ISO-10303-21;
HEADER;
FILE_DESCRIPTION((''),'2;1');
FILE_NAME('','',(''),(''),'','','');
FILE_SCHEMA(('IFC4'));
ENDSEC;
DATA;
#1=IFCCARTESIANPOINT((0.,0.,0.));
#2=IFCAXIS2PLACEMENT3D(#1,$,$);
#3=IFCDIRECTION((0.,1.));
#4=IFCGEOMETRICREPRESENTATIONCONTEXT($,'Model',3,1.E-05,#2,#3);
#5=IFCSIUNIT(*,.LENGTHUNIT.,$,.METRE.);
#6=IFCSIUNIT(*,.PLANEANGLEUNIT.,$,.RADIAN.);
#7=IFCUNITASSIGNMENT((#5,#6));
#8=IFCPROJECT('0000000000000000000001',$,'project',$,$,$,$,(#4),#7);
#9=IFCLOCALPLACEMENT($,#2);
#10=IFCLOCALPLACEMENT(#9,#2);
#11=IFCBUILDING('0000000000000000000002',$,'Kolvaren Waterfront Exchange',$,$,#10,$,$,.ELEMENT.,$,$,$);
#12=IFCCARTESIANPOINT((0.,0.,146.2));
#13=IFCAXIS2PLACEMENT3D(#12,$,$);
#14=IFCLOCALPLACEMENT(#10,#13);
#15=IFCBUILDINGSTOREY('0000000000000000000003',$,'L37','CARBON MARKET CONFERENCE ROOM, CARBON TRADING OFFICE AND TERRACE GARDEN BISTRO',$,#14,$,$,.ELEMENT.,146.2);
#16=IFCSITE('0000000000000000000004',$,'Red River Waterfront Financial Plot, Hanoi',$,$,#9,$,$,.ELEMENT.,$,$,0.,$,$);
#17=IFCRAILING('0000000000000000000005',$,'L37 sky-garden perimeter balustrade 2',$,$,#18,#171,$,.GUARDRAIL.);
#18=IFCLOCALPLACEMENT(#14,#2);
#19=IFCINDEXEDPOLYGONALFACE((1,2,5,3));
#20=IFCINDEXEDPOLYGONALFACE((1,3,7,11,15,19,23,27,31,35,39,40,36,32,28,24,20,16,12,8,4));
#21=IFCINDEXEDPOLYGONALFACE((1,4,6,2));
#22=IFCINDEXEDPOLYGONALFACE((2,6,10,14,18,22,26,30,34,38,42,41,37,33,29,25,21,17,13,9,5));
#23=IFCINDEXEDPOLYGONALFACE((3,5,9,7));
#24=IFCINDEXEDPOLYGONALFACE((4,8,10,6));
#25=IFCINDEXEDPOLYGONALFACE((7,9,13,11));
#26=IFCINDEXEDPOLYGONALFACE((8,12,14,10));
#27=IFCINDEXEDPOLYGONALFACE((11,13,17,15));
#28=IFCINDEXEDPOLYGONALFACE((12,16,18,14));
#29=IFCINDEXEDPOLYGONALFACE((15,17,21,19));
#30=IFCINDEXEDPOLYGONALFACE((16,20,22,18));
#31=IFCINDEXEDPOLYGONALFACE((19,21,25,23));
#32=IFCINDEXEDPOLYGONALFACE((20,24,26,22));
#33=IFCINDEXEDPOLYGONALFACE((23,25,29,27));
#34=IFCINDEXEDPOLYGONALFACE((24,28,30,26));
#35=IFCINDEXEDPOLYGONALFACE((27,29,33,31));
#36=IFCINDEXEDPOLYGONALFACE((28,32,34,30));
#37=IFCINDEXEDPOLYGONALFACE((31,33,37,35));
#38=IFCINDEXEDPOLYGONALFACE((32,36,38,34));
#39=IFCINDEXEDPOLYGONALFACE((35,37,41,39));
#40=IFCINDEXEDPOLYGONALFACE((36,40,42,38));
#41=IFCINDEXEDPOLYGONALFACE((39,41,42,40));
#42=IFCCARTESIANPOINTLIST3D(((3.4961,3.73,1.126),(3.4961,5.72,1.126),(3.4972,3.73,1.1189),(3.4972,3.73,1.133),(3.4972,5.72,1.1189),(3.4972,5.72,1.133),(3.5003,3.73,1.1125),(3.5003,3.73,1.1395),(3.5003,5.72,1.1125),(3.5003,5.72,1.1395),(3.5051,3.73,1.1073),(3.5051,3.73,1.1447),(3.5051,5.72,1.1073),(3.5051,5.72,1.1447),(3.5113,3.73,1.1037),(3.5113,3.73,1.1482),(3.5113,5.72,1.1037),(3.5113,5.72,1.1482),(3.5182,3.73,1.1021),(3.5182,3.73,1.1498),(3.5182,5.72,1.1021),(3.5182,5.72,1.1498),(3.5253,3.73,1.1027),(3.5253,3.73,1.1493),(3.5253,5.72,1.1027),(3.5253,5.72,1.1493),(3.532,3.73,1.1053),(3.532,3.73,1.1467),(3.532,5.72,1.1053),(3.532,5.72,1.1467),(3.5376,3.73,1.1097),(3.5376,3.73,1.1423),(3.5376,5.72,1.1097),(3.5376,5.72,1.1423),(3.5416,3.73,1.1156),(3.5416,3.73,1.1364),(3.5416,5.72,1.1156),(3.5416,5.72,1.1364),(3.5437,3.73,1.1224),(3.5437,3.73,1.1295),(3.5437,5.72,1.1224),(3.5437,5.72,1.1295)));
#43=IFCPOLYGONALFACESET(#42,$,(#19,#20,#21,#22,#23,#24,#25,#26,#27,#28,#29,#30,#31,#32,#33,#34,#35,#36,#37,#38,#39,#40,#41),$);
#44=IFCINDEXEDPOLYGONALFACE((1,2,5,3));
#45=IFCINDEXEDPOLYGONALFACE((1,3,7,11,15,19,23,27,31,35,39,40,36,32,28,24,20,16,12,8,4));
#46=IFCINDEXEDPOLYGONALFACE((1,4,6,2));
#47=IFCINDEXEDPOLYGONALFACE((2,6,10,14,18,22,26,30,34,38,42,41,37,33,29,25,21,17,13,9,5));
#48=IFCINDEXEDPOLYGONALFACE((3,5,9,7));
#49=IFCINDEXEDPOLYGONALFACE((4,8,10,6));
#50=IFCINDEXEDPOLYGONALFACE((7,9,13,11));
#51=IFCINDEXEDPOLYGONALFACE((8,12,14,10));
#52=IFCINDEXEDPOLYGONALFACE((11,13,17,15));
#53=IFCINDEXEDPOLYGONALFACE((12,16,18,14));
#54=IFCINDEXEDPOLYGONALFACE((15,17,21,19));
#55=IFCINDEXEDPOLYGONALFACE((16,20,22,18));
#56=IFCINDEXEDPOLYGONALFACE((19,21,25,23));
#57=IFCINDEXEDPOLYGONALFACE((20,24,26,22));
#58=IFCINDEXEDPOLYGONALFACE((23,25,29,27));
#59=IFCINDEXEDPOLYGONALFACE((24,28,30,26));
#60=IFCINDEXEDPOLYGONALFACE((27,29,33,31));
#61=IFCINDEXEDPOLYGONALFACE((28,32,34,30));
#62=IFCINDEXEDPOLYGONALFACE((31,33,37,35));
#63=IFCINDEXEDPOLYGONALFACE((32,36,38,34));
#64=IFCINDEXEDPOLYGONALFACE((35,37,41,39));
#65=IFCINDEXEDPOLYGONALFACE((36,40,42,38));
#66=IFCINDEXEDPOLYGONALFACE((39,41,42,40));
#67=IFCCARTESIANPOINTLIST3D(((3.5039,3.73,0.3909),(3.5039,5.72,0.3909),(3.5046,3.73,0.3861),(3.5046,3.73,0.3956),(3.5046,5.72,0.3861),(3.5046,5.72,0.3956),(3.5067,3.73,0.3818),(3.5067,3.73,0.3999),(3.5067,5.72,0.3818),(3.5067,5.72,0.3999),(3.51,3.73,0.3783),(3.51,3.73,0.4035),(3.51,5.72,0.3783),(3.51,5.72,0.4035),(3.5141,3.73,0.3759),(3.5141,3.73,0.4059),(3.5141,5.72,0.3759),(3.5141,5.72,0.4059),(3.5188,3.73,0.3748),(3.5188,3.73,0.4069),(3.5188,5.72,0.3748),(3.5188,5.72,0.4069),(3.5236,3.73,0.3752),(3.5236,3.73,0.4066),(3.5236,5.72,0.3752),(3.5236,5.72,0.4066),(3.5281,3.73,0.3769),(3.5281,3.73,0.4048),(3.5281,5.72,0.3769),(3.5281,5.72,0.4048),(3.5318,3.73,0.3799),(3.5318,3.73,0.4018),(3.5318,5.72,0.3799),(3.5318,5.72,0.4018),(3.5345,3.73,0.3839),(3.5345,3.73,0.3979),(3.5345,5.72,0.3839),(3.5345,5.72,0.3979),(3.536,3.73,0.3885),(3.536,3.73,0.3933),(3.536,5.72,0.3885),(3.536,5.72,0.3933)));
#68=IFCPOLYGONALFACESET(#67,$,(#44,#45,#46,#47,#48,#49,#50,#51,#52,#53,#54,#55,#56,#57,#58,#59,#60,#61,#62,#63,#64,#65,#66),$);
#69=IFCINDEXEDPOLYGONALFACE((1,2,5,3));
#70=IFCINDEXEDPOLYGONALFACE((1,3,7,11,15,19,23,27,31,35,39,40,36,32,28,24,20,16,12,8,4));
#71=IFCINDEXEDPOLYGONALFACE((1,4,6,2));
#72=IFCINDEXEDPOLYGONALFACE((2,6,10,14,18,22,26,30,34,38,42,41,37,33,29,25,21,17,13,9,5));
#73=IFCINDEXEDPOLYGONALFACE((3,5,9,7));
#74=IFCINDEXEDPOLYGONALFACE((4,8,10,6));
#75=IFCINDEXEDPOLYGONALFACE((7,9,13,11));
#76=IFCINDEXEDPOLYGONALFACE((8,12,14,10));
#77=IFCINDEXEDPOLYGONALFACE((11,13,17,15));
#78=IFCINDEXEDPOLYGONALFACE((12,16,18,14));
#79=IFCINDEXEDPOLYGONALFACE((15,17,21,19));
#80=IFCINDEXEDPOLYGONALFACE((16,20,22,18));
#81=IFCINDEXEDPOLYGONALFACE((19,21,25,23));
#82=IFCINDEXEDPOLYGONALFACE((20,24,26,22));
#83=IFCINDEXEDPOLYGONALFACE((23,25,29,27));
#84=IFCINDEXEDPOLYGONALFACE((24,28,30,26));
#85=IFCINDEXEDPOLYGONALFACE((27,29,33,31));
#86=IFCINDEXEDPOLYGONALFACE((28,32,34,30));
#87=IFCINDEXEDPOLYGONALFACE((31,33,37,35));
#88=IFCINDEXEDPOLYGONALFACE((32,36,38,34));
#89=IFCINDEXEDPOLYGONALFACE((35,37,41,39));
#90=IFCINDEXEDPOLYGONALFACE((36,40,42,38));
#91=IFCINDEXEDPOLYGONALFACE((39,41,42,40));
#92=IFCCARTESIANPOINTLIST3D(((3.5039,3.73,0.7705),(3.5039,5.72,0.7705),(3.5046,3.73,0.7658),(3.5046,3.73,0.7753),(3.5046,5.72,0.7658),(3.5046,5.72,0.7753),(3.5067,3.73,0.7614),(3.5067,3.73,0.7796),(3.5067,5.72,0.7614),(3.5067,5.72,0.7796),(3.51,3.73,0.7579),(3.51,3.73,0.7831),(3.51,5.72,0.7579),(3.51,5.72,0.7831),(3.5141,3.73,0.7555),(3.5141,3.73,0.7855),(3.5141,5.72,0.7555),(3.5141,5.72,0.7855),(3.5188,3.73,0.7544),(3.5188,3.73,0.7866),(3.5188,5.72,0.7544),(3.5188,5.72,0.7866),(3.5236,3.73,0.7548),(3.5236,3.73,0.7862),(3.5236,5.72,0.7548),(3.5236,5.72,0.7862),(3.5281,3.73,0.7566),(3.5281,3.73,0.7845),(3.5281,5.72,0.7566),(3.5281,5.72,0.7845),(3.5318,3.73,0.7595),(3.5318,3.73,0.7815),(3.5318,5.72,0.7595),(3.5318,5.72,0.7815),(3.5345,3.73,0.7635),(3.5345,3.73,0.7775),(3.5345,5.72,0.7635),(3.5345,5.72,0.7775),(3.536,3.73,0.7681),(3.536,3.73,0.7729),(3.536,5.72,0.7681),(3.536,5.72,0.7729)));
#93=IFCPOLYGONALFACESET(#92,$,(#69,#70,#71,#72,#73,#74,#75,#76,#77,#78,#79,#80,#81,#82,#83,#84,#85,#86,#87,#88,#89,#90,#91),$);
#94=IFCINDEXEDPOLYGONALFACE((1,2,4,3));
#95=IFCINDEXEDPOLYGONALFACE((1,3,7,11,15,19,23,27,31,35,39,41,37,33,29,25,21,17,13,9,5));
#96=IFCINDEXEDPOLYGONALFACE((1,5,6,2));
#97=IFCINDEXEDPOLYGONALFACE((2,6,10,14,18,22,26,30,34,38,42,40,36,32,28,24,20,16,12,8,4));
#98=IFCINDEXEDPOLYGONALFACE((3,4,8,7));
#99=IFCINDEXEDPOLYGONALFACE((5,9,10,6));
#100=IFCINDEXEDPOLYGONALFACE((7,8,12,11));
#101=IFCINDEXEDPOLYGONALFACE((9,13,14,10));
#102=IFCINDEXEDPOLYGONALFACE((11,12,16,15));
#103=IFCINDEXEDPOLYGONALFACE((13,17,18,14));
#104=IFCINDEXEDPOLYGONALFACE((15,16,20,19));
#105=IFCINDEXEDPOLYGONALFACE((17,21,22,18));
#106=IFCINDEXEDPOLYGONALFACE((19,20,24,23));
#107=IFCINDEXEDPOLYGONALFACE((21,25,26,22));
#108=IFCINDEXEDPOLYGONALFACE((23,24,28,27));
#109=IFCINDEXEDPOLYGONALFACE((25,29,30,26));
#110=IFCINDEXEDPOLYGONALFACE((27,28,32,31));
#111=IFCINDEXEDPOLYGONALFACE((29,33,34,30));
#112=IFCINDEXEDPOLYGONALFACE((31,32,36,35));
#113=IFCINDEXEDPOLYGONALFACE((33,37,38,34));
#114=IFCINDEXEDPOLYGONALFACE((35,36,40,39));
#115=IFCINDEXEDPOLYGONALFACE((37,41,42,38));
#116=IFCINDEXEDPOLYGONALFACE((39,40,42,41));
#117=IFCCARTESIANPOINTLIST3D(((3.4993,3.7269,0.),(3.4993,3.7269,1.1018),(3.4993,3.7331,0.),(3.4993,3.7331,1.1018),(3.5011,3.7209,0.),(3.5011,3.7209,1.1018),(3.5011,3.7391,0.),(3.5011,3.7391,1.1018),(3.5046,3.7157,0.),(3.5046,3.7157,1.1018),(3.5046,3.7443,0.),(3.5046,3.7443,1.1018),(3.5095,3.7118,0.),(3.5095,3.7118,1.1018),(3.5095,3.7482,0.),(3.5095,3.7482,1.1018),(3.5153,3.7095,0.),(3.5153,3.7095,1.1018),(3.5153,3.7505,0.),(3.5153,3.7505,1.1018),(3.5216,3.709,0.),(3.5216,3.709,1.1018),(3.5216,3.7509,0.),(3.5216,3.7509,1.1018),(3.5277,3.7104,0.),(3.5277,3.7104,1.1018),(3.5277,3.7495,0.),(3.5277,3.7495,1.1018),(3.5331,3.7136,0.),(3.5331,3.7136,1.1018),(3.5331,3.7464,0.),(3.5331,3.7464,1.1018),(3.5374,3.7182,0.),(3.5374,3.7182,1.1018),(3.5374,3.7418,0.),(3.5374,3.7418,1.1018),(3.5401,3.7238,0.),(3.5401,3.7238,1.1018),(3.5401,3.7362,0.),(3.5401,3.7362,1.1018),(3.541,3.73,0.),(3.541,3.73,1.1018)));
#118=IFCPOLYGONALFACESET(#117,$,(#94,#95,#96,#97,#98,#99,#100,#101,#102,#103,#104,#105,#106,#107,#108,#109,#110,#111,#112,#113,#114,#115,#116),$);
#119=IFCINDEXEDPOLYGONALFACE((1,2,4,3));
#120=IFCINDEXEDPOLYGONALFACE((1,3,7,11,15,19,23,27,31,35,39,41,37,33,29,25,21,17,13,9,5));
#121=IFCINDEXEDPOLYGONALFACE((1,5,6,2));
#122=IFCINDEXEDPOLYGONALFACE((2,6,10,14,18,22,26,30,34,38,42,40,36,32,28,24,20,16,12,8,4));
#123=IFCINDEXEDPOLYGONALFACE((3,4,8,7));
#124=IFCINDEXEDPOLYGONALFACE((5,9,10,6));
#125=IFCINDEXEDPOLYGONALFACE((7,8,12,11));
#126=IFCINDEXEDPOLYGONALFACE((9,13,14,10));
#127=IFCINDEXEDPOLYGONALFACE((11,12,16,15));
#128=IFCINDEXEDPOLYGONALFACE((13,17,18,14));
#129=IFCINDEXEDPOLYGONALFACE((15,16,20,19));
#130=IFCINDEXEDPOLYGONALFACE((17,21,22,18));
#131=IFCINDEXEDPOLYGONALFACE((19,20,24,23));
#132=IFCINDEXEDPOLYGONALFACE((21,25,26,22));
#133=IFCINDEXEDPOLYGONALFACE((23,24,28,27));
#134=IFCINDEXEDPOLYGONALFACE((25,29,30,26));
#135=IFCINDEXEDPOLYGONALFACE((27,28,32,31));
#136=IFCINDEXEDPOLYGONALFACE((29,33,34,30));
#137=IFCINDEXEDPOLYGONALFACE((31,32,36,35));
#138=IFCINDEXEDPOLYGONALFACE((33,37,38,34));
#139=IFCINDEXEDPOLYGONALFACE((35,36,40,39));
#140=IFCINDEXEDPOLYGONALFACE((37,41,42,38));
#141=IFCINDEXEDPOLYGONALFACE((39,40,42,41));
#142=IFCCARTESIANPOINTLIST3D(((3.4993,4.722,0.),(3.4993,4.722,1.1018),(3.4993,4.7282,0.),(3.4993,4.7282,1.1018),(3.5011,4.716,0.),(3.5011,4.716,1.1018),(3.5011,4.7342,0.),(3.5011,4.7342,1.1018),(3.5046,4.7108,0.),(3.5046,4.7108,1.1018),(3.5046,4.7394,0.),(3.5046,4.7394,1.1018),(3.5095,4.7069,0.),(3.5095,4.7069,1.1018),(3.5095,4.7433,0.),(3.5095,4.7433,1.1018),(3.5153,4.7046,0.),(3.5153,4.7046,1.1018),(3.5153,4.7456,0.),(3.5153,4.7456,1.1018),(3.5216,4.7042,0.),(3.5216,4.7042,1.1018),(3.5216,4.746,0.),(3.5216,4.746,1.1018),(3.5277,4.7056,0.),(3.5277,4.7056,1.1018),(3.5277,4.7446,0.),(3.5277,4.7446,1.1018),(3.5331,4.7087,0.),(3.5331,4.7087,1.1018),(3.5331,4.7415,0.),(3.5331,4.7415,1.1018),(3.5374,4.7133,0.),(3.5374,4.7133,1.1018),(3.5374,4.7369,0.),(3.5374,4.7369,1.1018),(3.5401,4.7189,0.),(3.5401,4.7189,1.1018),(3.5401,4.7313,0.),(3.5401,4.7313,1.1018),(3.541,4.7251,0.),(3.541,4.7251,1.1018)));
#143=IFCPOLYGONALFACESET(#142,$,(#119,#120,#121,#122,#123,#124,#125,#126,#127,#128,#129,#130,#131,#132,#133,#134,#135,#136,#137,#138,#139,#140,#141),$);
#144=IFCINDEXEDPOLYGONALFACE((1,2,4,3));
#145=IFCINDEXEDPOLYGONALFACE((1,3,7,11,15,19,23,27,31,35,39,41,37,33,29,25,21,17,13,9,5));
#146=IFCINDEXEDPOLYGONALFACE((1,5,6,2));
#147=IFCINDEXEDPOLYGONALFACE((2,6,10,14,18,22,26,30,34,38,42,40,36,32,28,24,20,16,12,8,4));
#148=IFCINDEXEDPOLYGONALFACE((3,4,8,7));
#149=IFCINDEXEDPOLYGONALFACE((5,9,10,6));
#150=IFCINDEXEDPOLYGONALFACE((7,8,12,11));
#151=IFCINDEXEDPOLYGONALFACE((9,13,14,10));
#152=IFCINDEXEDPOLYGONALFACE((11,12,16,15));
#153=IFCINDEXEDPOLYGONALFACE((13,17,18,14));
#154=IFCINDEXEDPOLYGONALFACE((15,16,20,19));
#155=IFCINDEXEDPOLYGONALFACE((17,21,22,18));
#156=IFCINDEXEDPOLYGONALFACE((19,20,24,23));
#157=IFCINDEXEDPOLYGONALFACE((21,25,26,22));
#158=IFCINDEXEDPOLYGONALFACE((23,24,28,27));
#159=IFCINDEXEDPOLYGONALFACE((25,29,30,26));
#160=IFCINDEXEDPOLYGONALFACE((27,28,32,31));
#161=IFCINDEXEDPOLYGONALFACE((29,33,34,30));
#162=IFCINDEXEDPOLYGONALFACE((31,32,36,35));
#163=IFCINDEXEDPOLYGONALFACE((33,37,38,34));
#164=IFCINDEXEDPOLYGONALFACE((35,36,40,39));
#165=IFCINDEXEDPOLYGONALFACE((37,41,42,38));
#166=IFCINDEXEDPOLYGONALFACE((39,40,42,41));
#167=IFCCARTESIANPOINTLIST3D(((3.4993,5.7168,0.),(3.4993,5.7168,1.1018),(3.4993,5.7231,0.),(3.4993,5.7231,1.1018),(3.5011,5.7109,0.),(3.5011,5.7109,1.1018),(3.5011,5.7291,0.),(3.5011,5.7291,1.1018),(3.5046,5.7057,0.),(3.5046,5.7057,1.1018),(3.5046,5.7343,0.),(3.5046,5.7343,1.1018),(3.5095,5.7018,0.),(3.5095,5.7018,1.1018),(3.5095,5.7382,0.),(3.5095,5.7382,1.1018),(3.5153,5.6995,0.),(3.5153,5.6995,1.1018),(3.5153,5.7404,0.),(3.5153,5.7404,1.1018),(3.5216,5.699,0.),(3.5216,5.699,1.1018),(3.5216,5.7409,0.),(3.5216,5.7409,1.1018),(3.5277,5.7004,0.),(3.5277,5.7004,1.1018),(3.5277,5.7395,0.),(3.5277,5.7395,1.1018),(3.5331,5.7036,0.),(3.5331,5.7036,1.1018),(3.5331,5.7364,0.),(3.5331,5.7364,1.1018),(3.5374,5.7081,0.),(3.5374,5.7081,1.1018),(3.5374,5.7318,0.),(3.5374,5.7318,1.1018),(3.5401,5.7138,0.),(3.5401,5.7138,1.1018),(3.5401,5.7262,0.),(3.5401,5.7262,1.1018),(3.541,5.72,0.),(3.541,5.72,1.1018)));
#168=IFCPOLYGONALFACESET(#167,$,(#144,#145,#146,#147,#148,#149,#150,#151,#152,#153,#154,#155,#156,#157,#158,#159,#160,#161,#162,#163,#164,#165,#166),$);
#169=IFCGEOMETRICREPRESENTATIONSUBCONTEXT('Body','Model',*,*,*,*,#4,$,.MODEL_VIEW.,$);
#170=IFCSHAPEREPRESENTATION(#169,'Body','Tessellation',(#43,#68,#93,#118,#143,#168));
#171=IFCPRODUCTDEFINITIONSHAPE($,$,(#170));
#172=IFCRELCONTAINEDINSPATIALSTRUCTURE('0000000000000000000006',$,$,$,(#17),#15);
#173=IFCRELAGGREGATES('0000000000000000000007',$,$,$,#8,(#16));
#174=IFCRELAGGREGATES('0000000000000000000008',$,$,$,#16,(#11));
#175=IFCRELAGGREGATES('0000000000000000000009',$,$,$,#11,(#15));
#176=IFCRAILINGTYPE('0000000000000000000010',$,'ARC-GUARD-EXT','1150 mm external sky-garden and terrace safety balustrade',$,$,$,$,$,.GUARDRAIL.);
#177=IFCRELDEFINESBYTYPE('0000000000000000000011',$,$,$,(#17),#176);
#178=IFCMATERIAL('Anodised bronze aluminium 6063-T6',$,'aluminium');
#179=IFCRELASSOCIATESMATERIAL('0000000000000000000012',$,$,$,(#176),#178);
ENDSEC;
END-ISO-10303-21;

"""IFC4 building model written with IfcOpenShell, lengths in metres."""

from ifc_helpers import new_model, si_unit, direction, frame, origin, origin_2d, place, context, subcontext, project, spatial, circle, extrude, material, type_object, element, save


model = new_model("IFC4")

# Units and contexts
model_context = context("Model", 3, precision=1e-05, world=origin(), true_north=direction((0.0, 1.0)))
body_context = subcontext(model_context, "Body", "Model", "MODEL_VIEW")
ifc_project = project(units=[si_unit("LENGTHUNIT", "METRE"), si_unit("PLANEANGLEUNIT", "RADIAN")], contexts=[model_context])

# Site, building, storey
site_placement = place(None, origin())
site = spatial("IfcSite", under=ifc_project, at=site_placement, Name="Red River Waterfront Financial Plot, Hanoi", CompositionType="ELEMENT", RefElevation=0.0)
building_placement = place(site_placement, origin())
building = spatial("IfcBuilding", under=site, at=building_placement, Name="Kolvaren Waterfront Exchange", CompositionType="ELEMENT")
storey_placement = place(building_placement, frame((0.0, 0.0, 146.2)))
storey = spatial("IfcBuildingStorey", under=building, at=storey_placement, Name="L37", Description="CARBON MARKET CONFERENCE ROOM, CARBON TRADING OFFICE AND TERRACE GARDEN BISTRO", CompositionType="ELEMENT", Elevation=146.2)

# Railing
ifc_material_1 = material(Name="Anodised bronze aluminium 6063-T6", Category="aluminium")
railing_type = type_object("IfcRailingType", Name="ARC-GUARD-EXT", Description="1150 mm external sky-garden and terrace safety balustrade", PredefinedType="GUARDRAIL", material=ifc_material_1)
railing_1_placement = place(storey_placement, frame((3.52, 3.73, 0.0)))
element("IfcRailing", 1, at=railing_1_placement, inside=storey, type_object=railing_type, Name="L37 sky-garden perimeter balustrade 2", PredefinedType="GUARDRAIL", context=body_context, shape_type="SweptSolid", body=[
    extrude(circle(Radius=0.0239, at=origin_2d()), frame((0.0, 0.0, 1.126), z_axis=(0.0, 1.0, 0.0), x_axis=(-1.0, 0.0, 0.0)), (0.0, 0.0, 1.0), 1.99),
    extrude(circle(Radius=0.0161, at=origin_2d()), frame((0.0, 0.0, 0.3909), z_axis=(0.0, 1.0, 0.0), x_axis=(-1.0, 0.0, 0.0)), (0.0, 0.0, 1.0), 1.99),
    extrude(circle(Radius=0.0161, at=origin_2d()), frame((0.0, 0.0, 0.7705), z_axis=(0.0, 1.0, 0.0), x_axis=(-1.0, 0.0, 0.0)), (0.0, 0.0, 1.0), 1.99),
    extrude(circle(Radius=0.021, at=origin_2d()), origin(), (0.0, 0.0, 1.0), 1.1018),
    extrude(circle(Radius=0.021, at=origin_2d()), frame((0.0, 0.9951, 0.0)), (0.0, 0.0, 1.0), 1.1018),
    extrude(circle(Radius=0.021, at=origin_2d()), frame((0.0, 1.99, 0.0)), (0.0, 0.0, 1.0), 1.1018),
])

save(model, "model.ifc")
